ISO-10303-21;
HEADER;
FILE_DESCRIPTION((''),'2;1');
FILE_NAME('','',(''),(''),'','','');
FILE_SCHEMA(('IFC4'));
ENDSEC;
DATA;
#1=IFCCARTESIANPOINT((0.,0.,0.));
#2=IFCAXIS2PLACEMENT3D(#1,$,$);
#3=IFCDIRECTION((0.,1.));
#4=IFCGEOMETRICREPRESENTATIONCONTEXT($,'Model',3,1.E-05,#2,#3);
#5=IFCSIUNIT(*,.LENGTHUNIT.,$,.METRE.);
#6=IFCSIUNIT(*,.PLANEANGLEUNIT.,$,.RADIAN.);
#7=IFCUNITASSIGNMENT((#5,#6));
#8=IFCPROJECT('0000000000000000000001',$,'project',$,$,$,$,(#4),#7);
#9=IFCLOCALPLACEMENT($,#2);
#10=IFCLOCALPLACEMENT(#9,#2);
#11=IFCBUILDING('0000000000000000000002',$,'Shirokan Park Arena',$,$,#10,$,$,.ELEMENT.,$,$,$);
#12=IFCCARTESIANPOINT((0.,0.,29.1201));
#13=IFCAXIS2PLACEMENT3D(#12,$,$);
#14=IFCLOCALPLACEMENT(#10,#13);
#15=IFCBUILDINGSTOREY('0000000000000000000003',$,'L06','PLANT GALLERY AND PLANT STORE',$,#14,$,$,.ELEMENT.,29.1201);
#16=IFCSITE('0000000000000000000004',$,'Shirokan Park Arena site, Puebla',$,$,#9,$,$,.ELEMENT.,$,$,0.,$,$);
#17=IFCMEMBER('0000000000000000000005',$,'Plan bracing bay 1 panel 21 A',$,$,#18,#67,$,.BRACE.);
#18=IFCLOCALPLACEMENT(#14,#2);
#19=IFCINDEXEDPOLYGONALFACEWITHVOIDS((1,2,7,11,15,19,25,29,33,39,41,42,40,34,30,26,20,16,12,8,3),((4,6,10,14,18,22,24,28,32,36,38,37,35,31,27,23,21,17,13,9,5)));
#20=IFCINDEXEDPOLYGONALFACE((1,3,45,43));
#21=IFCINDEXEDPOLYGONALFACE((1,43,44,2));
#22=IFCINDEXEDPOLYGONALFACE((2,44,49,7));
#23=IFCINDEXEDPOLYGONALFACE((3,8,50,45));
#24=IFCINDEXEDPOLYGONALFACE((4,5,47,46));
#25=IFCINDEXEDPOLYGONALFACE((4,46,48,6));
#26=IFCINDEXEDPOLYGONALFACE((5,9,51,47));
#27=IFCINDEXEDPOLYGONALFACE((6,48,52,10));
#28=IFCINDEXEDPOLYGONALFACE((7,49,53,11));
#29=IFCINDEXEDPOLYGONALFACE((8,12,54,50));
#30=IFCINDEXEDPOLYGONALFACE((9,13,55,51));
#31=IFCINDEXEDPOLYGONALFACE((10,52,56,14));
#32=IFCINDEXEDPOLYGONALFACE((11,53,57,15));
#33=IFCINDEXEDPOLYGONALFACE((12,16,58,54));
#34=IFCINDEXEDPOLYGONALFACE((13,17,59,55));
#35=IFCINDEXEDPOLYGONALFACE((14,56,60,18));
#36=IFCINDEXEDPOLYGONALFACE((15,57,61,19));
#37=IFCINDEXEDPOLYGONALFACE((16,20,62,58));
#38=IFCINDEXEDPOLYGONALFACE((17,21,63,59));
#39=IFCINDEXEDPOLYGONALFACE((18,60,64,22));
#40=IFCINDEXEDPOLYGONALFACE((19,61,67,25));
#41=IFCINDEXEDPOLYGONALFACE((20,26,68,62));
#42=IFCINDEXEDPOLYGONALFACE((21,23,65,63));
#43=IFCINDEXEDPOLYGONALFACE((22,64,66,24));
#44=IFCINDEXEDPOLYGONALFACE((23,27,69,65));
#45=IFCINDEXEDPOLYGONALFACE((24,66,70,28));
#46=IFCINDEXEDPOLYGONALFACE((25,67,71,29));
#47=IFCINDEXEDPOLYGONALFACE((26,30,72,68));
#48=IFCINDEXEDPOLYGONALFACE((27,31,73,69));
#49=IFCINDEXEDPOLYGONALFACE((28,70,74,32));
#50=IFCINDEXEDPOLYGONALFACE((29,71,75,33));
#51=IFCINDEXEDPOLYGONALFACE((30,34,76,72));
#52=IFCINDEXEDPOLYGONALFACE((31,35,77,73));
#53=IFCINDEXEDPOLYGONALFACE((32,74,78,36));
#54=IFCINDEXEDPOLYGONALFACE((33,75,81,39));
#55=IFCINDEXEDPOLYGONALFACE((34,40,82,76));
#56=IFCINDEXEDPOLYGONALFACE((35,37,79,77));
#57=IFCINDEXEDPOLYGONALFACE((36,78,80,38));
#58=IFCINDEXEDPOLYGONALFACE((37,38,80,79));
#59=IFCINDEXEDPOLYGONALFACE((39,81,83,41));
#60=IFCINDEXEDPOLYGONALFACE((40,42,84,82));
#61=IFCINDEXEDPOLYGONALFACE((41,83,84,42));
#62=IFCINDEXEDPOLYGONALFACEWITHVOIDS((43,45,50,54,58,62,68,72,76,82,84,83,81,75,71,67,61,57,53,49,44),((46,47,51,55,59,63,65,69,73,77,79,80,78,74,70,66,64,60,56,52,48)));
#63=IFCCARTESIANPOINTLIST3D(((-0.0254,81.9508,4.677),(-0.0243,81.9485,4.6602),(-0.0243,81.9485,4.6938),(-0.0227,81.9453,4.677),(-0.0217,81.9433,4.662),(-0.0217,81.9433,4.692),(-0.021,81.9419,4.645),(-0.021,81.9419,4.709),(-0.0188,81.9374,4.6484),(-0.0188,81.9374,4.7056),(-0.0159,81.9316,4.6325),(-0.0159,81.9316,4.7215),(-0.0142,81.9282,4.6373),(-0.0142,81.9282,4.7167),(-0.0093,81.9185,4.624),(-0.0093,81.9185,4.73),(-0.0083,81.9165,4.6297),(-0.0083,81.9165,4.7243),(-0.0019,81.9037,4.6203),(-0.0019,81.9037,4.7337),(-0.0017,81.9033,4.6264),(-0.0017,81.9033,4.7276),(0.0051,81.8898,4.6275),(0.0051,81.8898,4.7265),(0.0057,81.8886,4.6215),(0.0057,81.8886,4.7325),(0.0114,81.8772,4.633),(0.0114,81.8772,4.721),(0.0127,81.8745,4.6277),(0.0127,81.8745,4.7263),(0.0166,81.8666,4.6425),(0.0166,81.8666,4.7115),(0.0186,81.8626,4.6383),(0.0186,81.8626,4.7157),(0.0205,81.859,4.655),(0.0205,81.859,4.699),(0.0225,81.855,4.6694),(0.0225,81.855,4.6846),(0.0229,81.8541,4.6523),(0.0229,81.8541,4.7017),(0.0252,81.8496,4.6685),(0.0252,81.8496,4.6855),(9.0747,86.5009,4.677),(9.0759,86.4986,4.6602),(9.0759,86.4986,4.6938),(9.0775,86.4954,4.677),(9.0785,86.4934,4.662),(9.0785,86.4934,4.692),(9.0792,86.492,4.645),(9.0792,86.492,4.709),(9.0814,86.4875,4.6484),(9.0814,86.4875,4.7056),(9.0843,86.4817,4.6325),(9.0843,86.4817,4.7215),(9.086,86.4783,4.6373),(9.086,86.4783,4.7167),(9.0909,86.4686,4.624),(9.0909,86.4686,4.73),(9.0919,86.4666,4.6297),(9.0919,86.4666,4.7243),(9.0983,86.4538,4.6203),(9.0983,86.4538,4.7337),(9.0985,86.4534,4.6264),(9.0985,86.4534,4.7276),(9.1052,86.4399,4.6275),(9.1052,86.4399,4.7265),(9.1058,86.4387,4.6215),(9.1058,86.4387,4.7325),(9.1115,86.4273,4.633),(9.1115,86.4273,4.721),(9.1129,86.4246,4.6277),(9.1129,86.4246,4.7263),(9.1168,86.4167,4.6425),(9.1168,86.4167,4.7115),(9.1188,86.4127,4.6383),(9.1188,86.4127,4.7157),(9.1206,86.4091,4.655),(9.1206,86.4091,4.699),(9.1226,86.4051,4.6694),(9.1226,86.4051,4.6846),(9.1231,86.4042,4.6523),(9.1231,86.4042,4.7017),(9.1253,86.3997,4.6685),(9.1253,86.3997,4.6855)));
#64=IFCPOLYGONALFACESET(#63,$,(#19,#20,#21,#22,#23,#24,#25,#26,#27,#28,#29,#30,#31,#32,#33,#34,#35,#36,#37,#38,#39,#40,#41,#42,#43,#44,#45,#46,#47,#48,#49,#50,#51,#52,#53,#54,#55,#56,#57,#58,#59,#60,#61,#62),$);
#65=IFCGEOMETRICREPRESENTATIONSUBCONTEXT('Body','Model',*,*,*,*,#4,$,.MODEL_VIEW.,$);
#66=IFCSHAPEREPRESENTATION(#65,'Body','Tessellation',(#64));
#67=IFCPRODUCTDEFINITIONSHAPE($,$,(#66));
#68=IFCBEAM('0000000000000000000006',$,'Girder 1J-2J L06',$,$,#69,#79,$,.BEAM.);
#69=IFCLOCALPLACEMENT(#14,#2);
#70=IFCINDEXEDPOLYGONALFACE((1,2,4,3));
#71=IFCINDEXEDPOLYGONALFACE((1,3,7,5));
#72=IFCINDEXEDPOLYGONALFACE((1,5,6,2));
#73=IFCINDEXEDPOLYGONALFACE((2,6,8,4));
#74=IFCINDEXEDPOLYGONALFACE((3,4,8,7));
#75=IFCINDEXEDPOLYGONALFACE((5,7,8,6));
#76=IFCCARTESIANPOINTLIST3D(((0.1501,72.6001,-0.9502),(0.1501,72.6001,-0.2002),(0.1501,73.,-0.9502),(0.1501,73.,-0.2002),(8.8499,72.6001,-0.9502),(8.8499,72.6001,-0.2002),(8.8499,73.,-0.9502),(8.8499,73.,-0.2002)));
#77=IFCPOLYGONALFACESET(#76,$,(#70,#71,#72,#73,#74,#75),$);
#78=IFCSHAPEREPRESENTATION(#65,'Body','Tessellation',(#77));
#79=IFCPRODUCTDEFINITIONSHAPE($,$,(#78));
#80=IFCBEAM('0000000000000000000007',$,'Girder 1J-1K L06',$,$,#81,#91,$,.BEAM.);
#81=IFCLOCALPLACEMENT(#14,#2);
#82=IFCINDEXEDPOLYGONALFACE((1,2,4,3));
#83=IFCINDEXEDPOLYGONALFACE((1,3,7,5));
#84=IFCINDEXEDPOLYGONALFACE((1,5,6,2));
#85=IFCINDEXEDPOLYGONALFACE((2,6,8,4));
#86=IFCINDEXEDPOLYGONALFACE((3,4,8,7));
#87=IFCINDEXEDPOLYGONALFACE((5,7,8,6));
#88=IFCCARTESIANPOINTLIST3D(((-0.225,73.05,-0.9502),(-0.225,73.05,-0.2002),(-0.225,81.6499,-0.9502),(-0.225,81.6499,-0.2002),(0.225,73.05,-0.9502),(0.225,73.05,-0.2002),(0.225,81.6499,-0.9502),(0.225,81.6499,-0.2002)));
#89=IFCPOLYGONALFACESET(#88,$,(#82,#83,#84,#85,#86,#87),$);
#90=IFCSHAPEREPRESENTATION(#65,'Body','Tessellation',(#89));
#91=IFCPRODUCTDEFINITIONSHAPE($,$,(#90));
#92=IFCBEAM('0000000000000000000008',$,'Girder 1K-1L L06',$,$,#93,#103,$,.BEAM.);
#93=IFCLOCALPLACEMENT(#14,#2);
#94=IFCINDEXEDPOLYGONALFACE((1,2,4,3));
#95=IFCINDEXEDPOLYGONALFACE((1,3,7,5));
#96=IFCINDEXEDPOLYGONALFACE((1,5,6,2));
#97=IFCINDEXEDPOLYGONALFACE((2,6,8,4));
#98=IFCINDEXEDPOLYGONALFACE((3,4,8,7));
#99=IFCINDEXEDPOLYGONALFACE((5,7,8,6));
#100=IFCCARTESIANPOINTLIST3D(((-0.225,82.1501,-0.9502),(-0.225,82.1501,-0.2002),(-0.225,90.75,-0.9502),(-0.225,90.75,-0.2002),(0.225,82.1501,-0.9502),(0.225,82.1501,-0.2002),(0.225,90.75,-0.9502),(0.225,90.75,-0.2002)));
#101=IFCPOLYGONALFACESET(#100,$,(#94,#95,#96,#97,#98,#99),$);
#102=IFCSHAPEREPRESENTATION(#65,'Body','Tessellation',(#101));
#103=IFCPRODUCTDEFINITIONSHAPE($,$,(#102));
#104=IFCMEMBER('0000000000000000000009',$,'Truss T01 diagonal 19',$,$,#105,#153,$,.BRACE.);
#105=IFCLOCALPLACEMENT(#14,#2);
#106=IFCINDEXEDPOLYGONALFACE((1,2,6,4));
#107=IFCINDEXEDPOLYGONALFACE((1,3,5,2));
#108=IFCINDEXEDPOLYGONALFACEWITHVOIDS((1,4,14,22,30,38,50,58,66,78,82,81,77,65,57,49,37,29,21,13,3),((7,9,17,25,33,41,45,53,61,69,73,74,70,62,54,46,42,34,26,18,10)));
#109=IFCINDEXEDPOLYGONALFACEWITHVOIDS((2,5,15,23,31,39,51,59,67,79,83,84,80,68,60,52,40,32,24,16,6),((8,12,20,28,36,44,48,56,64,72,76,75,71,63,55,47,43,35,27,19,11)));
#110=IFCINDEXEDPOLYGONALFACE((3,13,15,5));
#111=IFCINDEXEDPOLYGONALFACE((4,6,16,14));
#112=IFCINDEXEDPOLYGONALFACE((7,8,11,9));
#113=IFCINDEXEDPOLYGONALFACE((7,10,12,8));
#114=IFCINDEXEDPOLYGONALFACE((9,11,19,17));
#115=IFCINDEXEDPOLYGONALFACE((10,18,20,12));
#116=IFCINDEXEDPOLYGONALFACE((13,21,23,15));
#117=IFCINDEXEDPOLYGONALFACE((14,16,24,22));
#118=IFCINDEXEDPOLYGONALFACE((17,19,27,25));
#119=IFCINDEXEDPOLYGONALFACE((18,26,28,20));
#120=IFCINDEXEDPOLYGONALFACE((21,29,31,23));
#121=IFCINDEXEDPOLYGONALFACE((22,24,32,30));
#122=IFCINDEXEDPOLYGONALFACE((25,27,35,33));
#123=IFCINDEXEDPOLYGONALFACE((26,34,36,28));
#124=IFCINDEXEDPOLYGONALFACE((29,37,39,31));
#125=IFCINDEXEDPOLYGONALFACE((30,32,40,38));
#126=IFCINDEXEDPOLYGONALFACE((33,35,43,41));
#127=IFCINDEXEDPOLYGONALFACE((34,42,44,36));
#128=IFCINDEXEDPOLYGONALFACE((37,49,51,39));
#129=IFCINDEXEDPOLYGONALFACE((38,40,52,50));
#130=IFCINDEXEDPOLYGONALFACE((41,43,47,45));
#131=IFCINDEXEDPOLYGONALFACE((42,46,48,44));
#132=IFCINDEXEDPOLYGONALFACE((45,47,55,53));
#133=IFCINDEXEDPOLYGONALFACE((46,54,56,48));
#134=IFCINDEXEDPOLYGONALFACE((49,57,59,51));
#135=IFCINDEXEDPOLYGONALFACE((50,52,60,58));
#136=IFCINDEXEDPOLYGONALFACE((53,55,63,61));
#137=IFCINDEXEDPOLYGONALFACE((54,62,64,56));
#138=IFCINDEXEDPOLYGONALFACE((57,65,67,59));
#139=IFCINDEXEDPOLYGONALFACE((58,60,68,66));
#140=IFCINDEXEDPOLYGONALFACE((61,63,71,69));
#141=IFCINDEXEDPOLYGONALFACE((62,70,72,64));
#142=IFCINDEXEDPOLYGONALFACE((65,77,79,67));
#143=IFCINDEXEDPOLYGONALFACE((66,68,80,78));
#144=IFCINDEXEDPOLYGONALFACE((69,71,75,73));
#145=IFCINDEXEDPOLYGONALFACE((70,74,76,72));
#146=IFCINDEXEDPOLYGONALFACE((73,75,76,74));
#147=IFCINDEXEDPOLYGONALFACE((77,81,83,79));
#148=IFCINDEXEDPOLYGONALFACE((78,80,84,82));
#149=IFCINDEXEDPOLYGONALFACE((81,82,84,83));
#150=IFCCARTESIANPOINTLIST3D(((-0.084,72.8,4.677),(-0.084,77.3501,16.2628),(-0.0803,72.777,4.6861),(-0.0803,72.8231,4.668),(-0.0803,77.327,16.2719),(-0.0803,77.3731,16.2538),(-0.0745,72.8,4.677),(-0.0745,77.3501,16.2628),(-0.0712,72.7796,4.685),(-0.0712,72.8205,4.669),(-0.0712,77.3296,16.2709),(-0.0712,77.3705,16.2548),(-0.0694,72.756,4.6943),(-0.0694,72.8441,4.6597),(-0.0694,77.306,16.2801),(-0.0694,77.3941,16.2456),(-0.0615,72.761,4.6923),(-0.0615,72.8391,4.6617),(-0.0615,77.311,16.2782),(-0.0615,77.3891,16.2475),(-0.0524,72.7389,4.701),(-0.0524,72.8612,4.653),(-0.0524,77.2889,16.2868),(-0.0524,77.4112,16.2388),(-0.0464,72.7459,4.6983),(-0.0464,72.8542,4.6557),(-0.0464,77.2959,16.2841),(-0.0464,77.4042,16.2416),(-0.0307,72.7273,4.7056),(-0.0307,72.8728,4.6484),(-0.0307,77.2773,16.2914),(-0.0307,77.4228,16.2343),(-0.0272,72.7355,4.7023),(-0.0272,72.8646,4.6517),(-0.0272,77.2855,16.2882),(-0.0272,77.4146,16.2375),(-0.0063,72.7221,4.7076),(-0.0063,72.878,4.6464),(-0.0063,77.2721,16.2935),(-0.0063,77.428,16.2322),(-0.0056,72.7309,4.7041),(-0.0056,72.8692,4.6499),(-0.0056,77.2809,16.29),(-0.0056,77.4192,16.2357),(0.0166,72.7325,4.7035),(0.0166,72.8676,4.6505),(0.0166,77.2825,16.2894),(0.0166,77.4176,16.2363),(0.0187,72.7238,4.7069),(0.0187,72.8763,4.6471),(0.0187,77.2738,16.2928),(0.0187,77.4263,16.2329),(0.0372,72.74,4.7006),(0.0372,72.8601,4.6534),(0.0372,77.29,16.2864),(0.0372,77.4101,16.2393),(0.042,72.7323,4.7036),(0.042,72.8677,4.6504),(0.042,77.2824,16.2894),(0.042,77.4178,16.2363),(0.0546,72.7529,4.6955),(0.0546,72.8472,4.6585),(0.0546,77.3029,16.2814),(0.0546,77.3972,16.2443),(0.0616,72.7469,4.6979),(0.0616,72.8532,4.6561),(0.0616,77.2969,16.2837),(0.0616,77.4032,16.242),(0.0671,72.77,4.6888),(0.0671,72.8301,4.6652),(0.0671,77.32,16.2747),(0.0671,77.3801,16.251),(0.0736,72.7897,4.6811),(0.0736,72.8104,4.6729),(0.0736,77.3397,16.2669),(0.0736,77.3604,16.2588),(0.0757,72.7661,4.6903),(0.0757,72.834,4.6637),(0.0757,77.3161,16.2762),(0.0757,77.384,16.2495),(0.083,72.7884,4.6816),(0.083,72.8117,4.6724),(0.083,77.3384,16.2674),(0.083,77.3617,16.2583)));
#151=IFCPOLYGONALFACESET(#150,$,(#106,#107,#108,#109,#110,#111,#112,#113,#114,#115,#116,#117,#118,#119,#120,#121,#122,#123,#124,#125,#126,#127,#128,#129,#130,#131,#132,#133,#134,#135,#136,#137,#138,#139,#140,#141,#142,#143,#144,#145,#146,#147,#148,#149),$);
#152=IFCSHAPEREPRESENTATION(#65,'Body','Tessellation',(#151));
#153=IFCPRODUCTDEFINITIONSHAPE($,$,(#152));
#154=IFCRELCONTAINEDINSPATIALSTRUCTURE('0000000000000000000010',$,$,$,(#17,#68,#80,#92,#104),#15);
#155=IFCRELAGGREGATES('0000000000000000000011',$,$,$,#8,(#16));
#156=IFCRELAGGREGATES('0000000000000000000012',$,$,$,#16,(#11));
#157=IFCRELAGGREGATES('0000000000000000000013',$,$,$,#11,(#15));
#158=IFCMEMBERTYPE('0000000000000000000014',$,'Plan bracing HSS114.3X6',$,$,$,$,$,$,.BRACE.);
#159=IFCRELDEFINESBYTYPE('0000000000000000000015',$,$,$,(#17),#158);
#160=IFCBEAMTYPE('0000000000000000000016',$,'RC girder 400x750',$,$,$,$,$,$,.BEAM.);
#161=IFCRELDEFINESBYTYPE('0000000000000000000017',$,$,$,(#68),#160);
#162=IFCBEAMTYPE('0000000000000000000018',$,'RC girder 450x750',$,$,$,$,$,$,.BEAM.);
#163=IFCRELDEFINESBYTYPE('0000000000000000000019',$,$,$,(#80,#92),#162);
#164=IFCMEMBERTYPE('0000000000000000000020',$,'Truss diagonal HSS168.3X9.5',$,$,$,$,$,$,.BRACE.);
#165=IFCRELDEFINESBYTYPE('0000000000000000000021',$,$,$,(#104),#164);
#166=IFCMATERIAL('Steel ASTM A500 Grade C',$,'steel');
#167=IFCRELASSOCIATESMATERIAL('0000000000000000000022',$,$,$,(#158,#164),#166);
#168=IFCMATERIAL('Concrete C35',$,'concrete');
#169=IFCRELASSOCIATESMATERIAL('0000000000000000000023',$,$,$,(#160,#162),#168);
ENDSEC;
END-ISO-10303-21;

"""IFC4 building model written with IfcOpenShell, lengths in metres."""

from ifc_helpers import new_model, si_unit, direction, frame, origin, origin_2d, place, context, subcontext, project, spatial, rectangle, hollow_circle, extrude, material, material_profile, profile_set, type_object, element, save


model = new_model("IFC4")

# Units and contexts
model_context = context("Model", 3, precision=1e-05, world=origin(), true_north=direction((0.0, 1.0)))
body_context = subcontext(model_context, "Body", "Model", "MODEL_VIEW")
ifc_project = project(units=[si_unit("LENGTHUNIT", "METRE"), si_unit("PLANEANGLEUNIT", "RADIAN")], contexts=[model_context])

# Site, building, storey
site_placement = place(None, origin())
site = spatial("IfcSite", under=ifc_project, at=site_placement, Name="Shirokan Park Arena site, Puebla", CompositionType="ELEMENT", RefElevation=0.0)
building_placement = place(site_placement, origin())
building = spatial("IfcBuilding", under=site, at=building_placement, Name="Shirokan Park Arena", CompositionType="ELEMENT")
storey_placement = place(building_placement, frame((0.0, 0.0, 29.1201)))
storey = spatial("IfcBuildingStorey", under=building, at=storey_placement, Name="L06", Description="PLANT GALLERY AND PLANT STORE", CompositionType="ELEMENT", Elevation=29.1201)

# Shared definitions
ifc_material_1 = material(Name="Concrete C35", Category="concrete")

# Member
ifc_material_2 = material(Name="Steel ASTM A500 Grade C", Category="steel")
ifc_material_profile_1 = material_profile(ifc_material_2, hollow_circle(Radius=0.0569, WallThickness=0.0061, at=origin_2d()), Name="HSS114.3X6")
ifc_profile_set_1 = profile_set([ifc_material_profile_1], Name="Steel ASTM A500 Grade C")
member_type_1 = type_object("IfcMemberType", Name="Plan bracing HSS114.3X6", PredefinedType="BRACE", material=ifc_profile_set_1)
member_1_placement = place(storey_placement, frame((0.0, 81.8999, 4.677), z_axis=(0.894427, 0.447214, 0.0), x_axis=(-0.447214, 0.894427, 0.0)))
element("IfcMember", 1, at=member_1_placement, inside=storey, type_object=member_type_1, Name="Plan bracing bay 1 panel 21 A", PredefinedType="BRACE", context=body_context, shape_type="SweptSolid", body=[
    extrude(hollow_circle(Radius=0.0569, WallThickness=0.0061, at=origin_2d()), origin(), (0.0, 0.0, 1.0), 10.1743),
])

# Beams
ifc_material_profile_2 = material_profile(ifc_material_1, rectangle(XDim=0.3999, YDim=0.75, at=origin_2d()), Name="400x750")
ifc_profile_set_2 = profile_set([ifc_material_profile_2], Name="Concrete C35")
beam_type_1 = type_object("IfcBeamType", Name="RC girder 400x750", PredefinedType="BEAM", material=ifc_profile_set_2)
beam_placement = place(storey_placement, frame((0.1501, 72.8, -0.5752), z_axis=(1.0, 0.0, 0.0), x_axis=(0.0, 1.0, 0.0)))
element("IfcBeam", 2, at=beam_placement, inside=storey, type_object=beam_type_1, Name="Girder 1J-2J L06", PredefinedType="BEAM", context=body_context, shape_type="SweptSolid", body=[
    extrude(rectangle(XDim=0.3999, YDim=0.75, at=origin_2d()), origin(), (0.0, 0.0, 1.0), 8.6997),
])
ifc_material_profile_3 = material_profile(ifc_material_1, rectangle(XDim=0.45, YDim=0.75, at=origin_2d()), Name="450x750")
ifc_profile_set_3 = profile_set([ifc_material_profile_3], Name="Concrete C35")
beam_type_2 = type_object("IfcBeamType", Name="RC girder 450x750", PredefinedType="BEAM", material=ifc_profile_set_3)
for number, where, z_axis, x_axis, name in (
    (3, (0.0, 73.05, -0.5752), (0.0, 1.0, 0.0), (-1.0, 0.0, 0.0), "Girder 1J-1K L06"),
    (4, (0.0, 82.1501, -0.5752), (0.0, 1.0, 0.0), (-1.0, 0.0, 0.0), "Girder 1K-1L L06"),
):
    element("IfcBeam", number, at=place(storey_placement, frame(where, z_axis=z_axis, x_axis=x_axis)), inside=storey, type_object=beam_type_2, Name=name, PredefinedType="BEAM", context=body_context, shape_type="SweptSolid", body=[
        extrude(rectangle(XDim=0.45, YDim=0.75, at=origin_2d()), origin(), (0.0, 0.0, 1.0), 8.5999),
    ])

# Member
ifc_material_profile_4 = material_profile(ifc_material_2, hollow_circle(Radius=0.084, WallThickness=0.0095, at=origin_2d()), Name="HSS168.3X9.5")
ifc_profile_set_4 = profile_set([ifc_material_profile_4], Name="Steel ASTM A500 Grade C")
member_type_2 = type_object("IfcMemberType", Name="Truss diagonal HSS168.3X9.5", PredefinedType="BRACE", material=ifc_profile_set_4)
member_2_placement = place(storey_placement, frame((0.0, 72.8, 4.677), z_axis=(0.0, 0.365543, 0.930794), x_axis=(-1.0, 0.0, 0.0)))
element("IfcMember", 5, at=member_2_placement, inside=storey, type_object=member_type_2, Name="Truss T01 diagonal 19", PredefinedType="BRACE", context=body_context, shape_type="SweptSolid", body=[
    extrude(hollow_circle(Radius=0.084, WallThickness=0.0095, at=origin_2d()), origin(), (0.0, 0.0, 1.0), 12.4473),
])

save(model, "model.ifc")
